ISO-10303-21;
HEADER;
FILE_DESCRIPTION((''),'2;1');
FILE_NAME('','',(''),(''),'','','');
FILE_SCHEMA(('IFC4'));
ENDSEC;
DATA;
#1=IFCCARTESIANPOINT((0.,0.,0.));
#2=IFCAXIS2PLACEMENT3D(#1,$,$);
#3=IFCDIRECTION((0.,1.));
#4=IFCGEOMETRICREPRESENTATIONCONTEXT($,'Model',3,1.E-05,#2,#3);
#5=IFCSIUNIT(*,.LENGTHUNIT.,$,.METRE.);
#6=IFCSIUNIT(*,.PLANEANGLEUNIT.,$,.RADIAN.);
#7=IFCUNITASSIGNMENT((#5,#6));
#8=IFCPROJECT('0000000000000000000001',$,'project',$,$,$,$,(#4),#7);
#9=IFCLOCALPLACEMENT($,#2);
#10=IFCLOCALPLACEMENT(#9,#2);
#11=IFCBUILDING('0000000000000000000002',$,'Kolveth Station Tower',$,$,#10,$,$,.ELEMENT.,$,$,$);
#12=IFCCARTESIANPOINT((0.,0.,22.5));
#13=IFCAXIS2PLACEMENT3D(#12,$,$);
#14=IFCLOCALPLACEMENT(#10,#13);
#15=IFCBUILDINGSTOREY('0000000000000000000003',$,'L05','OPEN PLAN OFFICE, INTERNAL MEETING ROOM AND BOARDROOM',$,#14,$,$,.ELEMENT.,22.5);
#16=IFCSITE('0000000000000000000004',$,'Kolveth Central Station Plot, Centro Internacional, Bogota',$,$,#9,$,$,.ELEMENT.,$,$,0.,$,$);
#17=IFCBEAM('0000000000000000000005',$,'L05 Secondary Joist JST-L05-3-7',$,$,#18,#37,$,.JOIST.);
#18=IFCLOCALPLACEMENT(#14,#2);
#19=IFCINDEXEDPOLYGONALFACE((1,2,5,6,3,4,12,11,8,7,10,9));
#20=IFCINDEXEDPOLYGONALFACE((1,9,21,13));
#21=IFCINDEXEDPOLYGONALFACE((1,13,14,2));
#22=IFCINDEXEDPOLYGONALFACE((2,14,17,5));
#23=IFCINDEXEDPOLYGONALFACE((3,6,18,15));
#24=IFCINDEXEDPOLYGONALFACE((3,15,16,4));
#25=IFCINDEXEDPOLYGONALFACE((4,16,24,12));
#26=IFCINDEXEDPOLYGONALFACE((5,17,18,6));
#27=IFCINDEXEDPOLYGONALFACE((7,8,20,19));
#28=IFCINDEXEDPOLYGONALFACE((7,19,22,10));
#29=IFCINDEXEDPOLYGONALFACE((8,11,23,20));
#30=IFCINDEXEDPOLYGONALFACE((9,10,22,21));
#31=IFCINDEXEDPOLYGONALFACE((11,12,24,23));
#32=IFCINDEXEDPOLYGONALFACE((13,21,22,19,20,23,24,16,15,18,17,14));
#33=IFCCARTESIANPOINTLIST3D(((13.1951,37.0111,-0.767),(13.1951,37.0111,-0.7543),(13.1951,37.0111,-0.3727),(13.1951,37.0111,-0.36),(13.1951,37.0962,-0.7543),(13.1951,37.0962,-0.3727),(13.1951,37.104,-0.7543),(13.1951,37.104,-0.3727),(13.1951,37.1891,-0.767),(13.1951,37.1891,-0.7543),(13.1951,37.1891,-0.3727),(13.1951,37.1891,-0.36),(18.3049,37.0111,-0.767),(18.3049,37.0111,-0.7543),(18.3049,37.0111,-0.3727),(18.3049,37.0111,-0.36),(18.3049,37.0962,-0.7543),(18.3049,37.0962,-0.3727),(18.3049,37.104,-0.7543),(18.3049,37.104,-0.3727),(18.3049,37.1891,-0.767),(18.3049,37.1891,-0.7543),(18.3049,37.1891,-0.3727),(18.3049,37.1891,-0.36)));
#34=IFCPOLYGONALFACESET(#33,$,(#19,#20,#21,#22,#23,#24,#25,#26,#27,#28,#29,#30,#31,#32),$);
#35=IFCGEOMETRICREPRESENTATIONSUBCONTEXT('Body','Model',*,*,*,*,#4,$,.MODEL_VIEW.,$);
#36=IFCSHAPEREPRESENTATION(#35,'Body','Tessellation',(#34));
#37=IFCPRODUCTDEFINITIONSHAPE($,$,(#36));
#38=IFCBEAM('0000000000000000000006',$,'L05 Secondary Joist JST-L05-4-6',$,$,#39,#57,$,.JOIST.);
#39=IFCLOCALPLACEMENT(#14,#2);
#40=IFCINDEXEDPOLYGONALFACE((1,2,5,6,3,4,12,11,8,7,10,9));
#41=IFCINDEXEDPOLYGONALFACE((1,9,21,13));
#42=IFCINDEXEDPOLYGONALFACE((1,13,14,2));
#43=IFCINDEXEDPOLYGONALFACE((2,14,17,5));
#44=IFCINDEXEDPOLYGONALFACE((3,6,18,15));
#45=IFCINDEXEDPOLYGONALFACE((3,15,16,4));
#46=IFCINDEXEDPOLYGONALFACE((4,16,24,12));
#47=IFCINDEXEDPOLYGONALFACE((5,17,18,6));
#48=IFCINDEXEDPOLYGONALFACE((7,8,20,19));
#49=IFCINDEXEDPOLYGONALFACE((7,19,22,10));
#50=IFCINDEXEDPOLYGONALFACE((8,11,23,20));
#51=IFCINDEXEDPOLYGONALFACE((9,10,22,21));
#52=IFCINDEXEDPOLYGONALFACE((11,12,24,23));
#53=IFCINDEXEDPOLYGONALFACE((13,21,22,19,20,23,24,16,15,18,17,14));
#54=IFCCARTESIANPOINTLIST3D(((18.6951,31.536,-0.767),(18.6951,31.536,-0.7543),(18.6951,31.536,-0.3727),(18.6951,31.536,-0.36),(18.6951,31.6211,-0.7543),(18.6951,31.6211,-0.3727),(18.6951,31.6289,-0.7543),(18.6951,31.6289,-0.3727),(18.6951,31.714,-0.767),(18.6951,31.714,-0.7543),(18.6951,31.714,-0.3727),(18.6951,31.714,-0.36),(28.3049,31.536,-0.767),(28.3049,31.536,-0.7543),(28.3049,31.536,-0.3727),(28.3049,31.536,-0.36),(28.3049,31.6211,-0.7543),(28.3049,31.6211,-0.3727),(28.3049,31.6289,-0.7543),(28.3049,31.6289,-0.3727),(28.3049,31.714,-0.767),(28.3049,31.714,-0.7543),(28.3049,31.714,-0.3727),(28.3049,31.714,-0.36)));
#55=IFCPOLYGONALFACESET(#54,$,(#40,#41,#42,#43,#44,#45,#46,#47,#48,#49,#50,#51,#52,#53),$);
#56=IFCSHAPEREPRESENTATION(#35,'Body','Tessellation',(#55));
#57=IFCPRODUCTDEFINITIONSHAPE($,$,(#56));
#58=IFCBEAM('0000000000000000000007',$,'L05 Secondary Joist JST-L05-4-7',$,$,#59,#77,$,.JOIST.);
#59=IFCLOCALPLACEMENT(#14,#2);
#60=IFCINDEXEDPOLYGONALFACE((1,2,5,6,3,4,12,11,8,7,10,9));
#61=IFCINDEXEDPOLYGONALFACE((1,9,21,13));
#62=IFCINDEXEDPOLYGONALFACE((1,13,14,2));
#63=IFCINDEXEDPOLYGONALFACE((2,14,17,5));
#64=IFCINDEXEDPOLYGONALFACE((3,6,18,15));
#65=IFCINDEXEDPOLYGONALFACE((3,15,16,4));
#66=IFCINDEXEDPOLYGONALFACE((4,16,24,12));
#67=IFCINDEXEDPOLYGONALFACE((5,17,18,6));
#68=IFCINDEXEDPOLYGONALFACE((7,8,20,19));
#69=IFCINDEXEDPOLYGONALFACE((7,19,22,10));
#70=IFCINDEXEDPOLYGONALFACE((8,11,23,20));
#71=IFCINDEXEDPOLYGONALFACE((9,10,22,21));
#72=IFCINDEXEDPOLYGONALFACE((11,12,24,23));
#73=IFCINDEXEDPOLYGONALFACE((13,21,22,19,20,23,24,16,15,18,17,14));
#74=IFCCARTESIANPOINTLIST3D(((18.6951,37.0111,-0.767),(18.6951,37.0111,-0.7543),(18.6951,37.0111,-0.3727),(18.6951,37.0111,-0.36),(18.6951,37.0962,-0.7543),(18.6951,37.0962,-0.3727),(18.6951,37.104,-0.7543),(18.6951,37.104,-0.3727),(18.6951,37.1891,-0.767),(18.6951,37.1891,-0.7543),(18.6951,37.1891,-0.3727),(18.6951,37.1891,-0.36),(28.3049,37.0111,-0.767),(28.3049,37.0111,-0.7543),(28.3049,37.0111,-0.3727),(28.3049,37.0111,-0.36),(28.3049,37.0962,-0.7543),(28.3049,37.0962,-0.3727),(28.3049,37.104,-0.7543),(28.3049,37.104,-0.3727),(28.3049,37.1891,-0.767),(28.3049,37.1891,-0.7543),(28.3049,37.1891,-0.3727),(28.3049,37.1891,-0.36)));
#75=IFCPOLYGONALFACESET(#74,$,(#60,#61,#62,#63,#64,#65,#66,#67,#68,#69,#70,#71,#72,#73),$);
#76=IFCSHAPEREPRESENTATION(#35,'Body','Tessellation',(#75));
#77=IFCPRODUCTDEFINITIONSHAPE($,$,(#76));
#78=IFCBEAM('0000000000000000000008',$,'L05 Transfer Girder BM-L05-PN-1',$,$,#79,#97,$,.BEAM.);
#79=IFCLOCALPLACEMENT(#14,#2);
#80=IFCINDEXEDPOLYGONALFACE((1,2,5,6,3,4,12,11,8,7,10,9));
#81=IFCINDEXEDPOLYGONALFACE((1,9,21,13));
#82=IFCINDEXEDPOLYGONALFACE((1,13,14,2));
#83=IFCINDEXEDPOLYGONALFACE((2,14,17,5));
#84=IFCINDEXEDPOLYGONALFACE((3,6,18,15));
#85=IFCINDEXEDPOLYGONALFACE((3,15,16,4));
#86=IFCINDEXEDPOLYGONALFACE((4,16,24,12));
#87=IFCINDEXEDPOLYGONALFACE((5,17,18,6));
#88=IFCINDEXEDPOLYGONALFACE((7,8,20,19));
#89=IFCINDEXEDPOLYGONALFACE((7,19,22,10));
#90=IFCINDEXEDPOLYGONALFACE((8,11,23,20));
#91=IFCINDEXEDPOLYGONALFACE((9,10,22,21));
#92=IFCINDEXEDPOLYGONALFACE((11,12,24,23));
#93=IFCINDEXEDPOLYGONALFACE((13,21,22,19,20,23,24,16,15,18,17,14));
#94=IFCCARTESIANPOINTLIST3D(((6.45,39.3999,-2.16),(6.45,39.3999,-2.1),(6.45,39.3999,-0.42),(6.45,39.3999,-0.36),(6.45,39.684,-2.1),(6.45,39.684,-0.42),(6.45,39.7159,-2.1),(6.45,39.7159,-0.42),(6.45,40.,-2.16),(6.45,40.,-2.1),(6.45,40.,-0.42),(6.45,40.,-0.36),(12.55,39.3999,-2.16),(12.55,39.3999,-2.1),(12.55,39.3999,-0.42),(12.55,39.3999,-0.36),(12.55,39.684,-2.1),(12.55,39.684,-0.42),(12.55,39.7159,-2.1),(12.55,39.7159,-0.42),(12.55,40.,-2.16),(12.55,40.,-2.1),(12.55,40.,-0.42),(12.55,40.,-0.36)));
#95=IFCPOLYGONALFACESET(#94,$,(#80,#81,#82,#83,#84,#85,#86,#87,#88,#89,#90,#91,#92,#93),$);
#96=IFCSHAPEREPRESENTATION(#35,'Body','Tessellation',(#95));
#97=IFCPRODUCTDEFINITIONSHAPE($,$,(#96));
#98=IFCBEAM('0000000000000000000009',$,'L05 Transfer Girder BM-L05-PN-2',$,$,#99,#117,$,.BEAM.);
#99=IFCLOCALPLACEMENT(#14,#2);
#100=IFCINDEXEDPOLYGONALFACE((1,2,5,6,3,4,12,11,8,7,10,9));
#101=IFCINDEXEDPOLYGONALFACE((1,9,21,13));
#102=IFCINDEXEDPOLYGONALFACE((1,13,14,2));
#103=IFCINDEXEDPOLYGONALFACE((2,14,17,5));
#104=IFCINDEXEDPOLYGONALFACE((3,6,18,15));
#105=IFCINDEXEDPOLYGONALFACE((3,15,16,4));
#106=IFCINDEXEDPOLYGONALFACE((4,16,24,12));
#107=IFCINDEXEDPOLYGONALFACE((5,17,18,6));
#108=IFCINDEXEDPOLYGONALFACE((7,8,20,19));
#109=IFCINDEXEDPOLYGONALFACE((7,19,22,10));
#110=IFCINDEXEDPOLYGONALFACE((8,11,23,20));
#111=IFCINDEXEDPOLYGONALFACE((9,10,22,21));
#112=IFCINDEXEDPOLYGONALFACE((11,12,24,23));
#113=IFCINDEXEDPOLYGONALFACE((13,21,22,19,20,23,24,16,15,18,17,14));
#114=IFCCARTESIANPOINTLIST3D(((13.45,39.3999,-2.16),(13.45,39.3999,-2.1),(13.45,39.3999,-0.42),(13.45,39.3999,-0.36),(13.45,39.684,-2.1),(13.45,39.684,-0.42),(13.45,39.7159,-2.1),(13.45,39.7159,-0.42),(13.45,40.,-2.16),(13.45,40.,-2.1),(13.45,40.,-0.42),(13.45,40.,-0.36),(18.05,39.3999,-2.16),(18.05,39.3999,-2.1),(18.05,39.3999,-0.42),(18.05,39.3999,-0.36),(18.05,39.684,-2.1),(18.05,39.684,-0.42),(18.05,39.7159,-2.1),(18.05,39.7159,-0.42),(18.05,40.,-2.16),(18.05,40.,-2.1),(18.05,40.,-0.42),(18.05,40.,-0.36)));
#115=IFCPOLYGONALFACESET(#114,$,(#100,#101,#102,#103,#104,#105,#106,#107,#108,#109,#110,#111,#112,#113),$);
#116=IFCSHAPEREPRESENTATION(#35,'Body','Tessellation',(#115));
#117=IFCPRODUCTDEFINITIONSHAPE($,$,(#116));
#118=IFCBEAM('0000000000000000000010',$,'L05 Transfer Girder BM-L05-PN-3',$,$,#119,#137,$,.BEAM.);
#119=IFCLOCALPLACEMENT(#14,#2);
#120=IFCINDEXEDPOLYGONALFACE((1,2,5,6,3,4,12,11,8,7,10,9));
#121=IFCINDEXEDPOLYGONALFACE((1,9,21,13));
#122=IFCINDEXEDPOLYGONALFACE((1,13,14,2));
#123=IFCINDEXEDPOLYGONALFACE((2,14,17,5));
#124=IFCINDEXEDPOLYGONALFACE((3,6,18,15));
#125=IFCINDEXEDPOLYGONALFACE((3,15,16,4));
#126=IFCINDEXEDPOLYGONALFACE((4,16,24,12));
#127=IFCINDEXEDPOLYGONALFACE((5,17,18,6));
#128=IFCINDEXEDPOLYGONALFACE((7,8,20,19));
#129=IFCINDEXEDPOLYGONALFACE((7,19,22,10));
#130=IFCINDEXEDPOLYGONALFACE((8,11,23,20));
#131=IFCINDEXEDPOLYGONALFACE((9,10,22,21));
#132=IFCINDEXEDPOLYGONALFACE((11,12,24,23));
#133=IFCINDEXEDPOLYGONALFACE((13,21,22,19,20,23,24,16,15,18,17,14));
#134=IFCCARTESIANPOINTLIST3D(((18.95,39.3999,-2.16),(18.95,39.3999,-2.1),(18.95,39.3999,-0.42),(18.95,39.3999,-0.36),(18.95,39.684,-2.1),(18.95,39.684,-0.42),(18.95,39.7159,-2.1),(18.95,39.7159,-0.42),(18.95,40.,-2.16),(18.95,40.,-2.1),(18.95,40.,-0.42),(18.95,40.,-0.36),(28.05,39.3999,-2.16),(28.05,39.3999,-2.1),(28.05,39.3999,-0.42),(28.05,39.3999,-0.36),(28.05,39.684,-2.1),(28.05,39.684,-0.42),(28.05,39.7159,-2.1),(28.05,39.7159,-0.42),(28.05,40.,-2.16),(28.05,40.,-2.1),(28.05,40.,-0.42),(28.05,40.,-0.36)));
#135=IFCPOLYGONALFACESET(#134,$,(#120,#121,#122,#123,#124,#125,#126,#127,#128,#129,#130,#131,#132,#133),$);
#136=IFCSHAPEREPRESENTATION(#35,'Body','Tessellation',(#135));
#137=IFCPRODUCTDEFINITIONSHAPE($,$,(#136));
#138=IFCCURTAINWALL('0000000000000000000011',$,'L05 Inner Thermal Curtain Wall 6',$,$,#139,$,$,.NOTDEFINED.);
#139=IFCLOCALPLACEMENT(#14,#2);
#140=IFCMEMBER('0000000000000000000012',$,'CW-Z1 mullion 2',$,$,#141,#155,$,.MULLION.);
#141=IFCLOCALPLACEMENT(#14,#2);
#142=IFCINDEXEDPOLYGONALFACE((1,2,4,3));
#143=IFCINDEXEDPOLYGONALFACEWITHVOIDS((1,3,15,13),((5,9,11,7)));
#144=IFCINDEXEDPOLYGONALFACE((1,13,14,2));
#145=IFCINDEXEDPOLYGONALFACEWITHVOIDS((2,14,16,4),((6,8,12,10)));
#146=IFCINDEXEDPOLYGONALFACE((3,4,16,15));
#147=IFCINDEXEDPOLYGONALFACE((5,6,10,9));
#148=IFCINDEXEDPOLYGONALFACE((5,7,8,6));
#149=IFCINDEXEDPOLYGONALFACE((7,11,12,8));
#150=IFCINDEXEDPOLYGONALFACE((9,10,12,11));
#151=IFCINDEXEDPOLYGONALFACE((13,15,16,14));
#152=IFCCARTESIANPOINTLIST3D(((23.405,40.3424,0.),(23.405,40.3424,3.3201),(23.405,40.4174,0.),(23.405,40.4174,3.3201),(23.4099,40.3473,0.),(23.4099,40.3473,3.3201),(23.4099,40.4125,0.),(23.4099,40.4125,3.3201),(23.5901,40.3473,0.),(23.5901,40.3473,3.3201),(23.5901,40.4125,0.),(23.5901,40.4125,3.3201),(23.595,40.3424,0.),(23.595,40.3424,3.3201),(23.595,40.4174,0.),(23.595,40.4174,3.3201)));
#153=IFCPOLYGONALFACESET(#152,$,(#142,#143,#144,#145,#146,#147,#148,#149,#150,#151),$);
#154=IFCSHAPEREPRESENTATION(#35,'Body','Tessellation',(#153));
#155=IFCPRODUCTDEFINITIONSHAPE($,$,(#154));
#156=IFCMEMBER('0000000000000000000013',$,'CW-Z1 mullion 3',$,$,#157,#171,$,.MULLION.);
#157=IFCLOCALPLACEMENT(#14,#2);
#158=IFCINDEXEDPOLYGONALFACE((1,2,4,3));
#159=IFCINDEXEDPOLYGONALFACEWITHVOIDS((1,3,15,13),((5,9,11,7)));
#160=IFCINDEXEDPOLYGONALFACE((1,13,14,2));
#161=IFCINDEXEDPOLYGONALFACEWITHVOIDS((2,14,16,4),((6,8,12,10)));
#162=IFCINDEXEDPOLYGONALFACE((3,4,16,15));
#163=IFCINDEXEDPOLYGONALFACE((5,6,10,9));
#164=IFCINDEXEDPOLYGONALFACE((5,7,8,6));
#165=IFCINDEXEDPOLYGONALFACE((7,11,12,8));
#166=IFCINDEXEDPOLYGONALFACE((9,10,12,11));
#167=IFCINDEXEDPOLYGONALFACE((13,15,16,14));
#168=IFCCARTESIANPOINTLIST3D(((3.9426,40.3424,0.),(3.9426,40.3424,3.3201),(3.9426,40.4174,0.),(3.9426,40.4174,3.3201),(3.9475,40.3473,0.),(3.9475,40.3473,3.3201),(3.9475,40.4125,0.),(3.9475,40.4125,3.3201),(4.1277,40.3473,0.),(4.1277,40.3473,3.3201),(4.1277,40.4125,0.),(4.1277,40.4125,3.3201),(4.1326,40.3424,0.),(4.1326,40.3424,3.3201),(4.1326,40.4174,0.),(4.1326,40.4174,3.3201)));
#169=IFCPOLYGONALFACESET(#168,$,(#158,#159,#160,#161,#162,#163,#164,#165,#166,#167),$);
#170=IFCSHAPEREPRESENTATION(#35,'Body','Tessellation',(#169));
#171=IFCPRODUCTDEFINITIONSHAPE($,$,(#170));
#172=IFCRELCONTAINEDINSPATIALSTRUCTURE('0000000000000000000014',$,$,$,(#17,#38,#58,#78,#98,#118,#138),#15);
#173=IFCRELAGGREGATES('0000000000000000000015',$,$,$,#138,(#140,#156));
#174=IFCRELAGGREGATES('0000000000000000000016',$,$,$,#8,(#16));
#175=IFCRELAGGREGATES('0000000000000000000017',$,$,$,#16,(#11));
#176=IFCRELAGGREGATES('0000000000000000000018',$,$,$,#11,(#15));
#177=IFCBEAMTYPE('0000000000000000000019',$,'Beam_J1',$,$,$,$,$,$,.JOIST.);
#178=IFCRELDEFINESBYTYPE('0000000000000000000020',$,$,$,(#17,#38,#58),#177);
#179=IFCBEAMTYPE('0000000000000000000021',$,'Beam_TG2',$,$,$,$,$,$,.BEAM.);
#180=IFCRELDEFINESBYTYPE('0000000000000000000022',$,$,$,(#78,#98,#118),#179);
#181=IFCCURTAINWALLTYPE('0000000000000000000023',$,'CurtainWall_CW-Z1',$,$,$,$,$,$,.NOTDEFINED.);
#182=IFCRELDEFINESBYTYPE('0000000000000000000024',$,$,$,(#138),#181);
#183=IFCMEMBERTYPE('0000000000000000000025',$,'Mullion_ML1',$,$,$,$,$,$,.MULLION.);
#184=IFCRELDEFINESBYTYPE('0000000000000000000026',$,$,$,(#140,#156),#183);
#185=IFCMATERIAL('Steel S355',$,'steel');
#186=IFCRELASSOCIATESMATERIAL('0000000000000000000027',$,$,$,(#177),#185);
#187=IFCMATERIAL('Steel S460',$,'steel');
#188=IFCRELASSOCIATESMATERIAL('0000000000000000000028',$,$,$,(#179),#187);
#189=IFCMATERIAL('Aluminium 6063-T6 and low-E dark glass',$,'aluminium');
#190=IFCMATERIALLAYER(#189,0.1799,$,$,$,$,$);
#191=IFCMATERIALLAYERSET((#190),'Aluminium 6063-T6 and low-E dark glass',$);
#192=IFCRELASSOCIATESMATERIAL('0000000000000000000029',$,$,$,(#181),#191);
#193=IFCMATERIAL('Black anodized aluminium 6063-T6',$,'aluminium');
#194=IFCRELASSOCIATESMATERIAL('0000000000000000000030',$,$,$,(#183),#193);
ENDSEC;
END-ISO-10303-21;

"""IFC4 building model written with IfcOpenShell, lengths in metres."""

from ifc_helpers import new_model, si_unit, direction, frame, origin, origin_2d, place, context, subcontext, project, spatial, hollow_rectangle, i_section, extrude, source, transform, mapped, material, layer, layer_set, material_profile, profile_set, type_object, element, aggregate, save


model = new_model("IFC4")

# Units and contexts
model_context = context("Model", 3, precision=1e-05, world=origin(), true_north=direction((0.0, 1.0)))
body_context = subcontext(model_context, "Body", "Model", "MODEL_VIEW")
ifc_project = project(units=[si_unit("LENGTHUNIT", "METRE"), si_unit("PLANEANGLEUNIT", "RADIAN")], contexts=[model_context])

# Site, building, storey
site_placement = place(None, origin())
site = spatial("IfcSite", under=ifc_project, at=site_placement, Name="Kolveth Central Station Plot, Centro Internacional, Bogota", CompositionType="ELEMENT", RefElevation=0.0)
building_placement = place(site_placement, origin())
building = spatial("IfcBuilding", under=site, at=building_placement, Name="Kolveth Station Tower", CompositionType="ELEMENT")
storey_placement = place(building_placement, frame((0.0, 0.0, 22.5)))
storey = spatial("IfcBuildingStorey", under=building, at=storey_placement, Name="L05", Description="OPEN PLAN OFFICE, INTERNAL MEETING ROOM AND BOARDROOM", CompositionType="ELEMENT", Elevation=22.5)

# Shared definitions
ifc_material_1 = material(Name="Steel S460", Category="steel")
ifc_material_2 = material(Name="Steel S355", Category="steel")

# Beams
ifc_material_profile_1 = material_profile(ifc_material_2, i_section(OverallWidth=0.178, OverallDepth=0.407, WebThickness=0.0078, FlangeThickness=0.0127, at=origin_2d()), Name="W410x60")
ifc_profile_set_1 = profile_set([ifc_material_profile_1], Name="Steel S355")
beam_type_1 = type_object("IfcBeamType", Name="Beam_J1", PredefinedType="JOIST", material=ifc_profile_set_1)
shared_shape_1 = source(origin(), body_context, "Body", "SweptSolid", [
    extrude(i_section(OverallWidth=0.178, OverallDepth=0.407, WebThickness=0.0078, FlangeThickness=0.0127, at=origin_2d()), origin(), (0.0, 0.0, 1.0), 5.1099),
])
for number, where, z_axis, x_axis, name in (
    (1, (13.1951, 37.1001, -0.5635), (1.0, 0.0, 0.0), (0.0, 1.0, 0.0), "L05 Secondary Joist JST-L05-3-7"),
):
    element("IfcBeam", number, at=place(storey_placement, frame(where, z_axis=z_axis, x_axis=x_axis)), inside=storey, type_object=beam_type_1, Name=name, PredefinedType="JOIST", context=body_context, shape_type="MappedRepresentation", body=[
        mapped(shared_shape_1, transform((0.0, 0.0, 0.0), x_axis=(1.0, 0.0, 0.0), y_axis=(0.0, 1.0, 0.0), z_axis=(0.0, 0.0, 1.0), scale=1.0)),
    ])
shared_shape_2 = source(origin(), body_context, "Body", "SweptSolid", [
    extrude(i_section(OverallWidth=0.178, OverallDepth=0.407, WebThickness=0.0078, FlangeThickness=0.0127, at=origin_2d()), origin(), (0.0, 0.0, 1.0), 9.6099),
])
for number, where, z_axis, x_axis, name in (
    (2, (18.6951, 31.625, -0.5635), (1.0, 0.0, 0.0), (0.0, 1.0, 0.0), "L05 Secondary Joist JST-L05-4-6"),
    (3, (18.6951, 37.1001, -0.5635), (1.0, 0.0, 0.0), (0.0, 1.0, 0.0), "L05 Secondary Joist JST-L05-4-7"),
):
    element("IfcBeam", number, at=place(storey_placement, frame(where, z_axis=z_axis, x_axis=x_axis)), inside=storey, type_object=beam_type_1, Name=name, PredefinedType="JOIST", context=body_context, shape_type="MappedRepresentation", body=[
        mapped(shared_shape_2, transform((0.0, 0.0, 0.0), x_axis=(1.0, 0.0, 0.0), y_axis=(0.0, 1.0, 0.0), z_axis=(0.0, 0.0, 1.0), scale=1.0)),
    ])
ifc_material_profile_2 = material_profile(ifc_material_1, i_section(OverallWidth=0.6001, OverallDepth=1.8, WebThickness=0.032, FlangeThickness=0.0601, at=origin_2d()), Name="PG1800x600x60")
ifc_profile_set_2 = profile_set([ifc_material_profile_2], Name="Steel S460")
beam_type_2 = type_object("IfcBeamType", Name="Beam_TG2", PredefinedType="BEAM", material=ifc_profile_set_2)
shared_shape_3 = source(origin(), body_context, "Body", "SweptSolid", [
    extrude(i_section(OverallWidth=0.6001, OverallDepth=1.8, WebThickness=0.032, FlangeThickness=0.0601, at=origin_2d()), origin(), (0.0, 0.0, 1.0), 6.1001),
])
beam_1_placement = place(storey_placement, frame((6.45, 39.7, -1.26), z_axis=(1.0, 0.0, 0.0), x_axis=(0.0, 1.0, 0.0)))
element("IfcBeam", 4, at=beam_1_placement, inside=storey, type_object=beam_type_2, Name="L05 Transfer Girder BM-L05-PN-1", PredefinedType="BEAM", context=body_context, shape_type="MappedRepresentation", body=[
    mapped(shared_shape_3, transform((0.0, 0.0, 0.0), x_axis=(1.0, 0.0, 0.0), y_axis=(0.0, 1.0, 0.0), z_axis=(0.0, 0.0, 1.0), scale=1.0)),
])
shared_shape_4 = source(origin(), body_context, "Body", "SweptSolid", [
    extrude(i_section(OverallWidth=0.6001, OverallDepth=1.8, WebThickness=0.032, FlangeThickness=0.0601, at=origin_2d()), origin(), (0.0, 0.0, 1.0), 4.6001),
])
beam_2_placement = place(storey_placement, frame((13.45, 39.7, -1.26), z_axis=(1.0, 0.0, 0.0), x_axis=(0.0, 1.0, 0.0)))
element("IfcBeam", 5, at=beam_2_placement, inside=storey, type_object=beam_type_2, Name="L05 Transfer Girder BM-L05-PN-2", PredefinedType="BEAM", context=body_context, shape_type="MappedRepresentation", body=[
    mapped(shared_shape_4, transform((0.0, 0.0, 0.0), x_axis=(1.0, 0.0, 0.0), y_axis=(0.0, 1.0, 0.0), z_axis=(0.0, 0.0, 1.0), scale=1.0)),
])
shared_shape_5 = source(origin(), body_context, "Body", "SweptSolid", [
    extrude(i_section(OverallWidth=0.6001, OverallDepth=1.8, WebThickness=0.032, FlangeThickness=0.0601, at=origin_2d()), origin(), (0.0, 0.0, 1.0), 9.1001),
])
beam_3_placement = place(storey_placement, frame((18.95, 39.7, -1.26), z_axis=(1.0, 0.0, 0.0), x_axis=(0.0, 1.0, 0.0)))
element("IfcBeam", 6, at=beam_3_placement, inside=storey, type_object=beam_type_2, Name="L05 Transfer Girder BM-L05-PN-3", PredefinedType="BEAM", context=body_context, shape_type="MappedRepresentation", body=[
    mapped(shared_shape_5, transform((0.0, 0.0, 0.0), x_axis=(1.0, 0.0, 0.0), y_axis=(0.0, 1.0, 0.0), z_axis=(0.0, 0.0, 1.0), scale=1.0)),
])

# Curtain wall, members
ifc_material_3 = material(Name="Aluminium 6063-T6 and low-E dark glass", Category="aluminium")
ifc_layer_1 = layer(ifc_material_3, 0.1799)
ifc_layer_set_1 = layer_set([ifc_layer_1], Name="Aluminium 6063-T6 and low-E dark glass")
curtain_wall_type = type_object("IfcCurtainWallType", Name="CurtainWall_CW-Z1", PredefinedType="NOTDEFINED", material=ifc_layer_set_1)
curtain_wall_placement = place(storey_placement, origin())
curtain_wall = element("IfcCurtainWall", 7, at=curtain_wall_placement, inside=storey, type_object=curtain_wall_type, Name="L05 Inner Thermal Curtain Wall 6", PredefinedType="NOTDEFINED")
ifc_material_4 = material(Name="Black anodized aluminium 6063-T6", Category="aluminium")
ifc_material_profile_3 = material_profile(ifc_material_4, hollow_rectangle(XDim=0.075, YDim=0.1899, WallThickness=0.0049, at=origin_2d()), Name="ALU-75x190x5")
ifc_profile_set_3 = profile_set([ifc_material_profile_3], Name="Black anodized aluminium 6063-T6")
member_type_1 = type_object("IfcMemberType", Name="Mullion_ML1", PredefinedType="MULLION", material=ifc_profile_set_3)
shared_shape_6 = source(origin(), body_context, "Body", "SweptSolid", [
    extrude(hollow_rectangle(XDim=0.075, YDim=0.1899, WallThickness=0.0049, at=origin_2d()), origin(), (0.0, 0.0, 1.0), 3.3201),
])
member_1_placement = place(storey_placement, frame((23.5, 40.3799, 0.0), z_axis=(0.0, 0.0, 1.0), x_axis=(0.0, -1.0, 0.0)))
member_1 = element("IfcMember", 8, at=member_1_placement, type_object=member_type_1, Name="CW-Z1 mullion 2", PredefinedType="MULLION", context=body_context, shape_type="MappedRepresentation", body=[
    mapped(shared_shape_6, transform((0.0, 0.0, 0.0), x_axis=(1.0, 0.0, 0.0), y_axis=(0.0, 1.0, 0.0), z_axis=(0.0, 0.0, 1.0), scale=1.0)),
])
member_2_placement = place(storey_placement, frame((4.0376, 40.3799, 0.0), z_axis=(0.0, 0.0, 1.0), x_axis=(0.0, -1.0, 0.0)))
member_2 = element("IfcMember", 9, at=member_2_placement, type_object=member_type_1, Name="CW-Z1 mullion 3", PredefinedType="MULLION", context=body_context, shape_type="MappedRepresentation", body=[
    mapped(shared_shape_6, transform((0.0, 0.0, 0.0), x_axis=(1.0, 0.0, 0.0), y_axis=(0.0, 1.0, 0.0), z_axis=(0.0, 0.0, 1.0), scale=1.0)),
])
aggregate(curtain_wall, [member_1, member_2])

save(model, "model.ifc")
